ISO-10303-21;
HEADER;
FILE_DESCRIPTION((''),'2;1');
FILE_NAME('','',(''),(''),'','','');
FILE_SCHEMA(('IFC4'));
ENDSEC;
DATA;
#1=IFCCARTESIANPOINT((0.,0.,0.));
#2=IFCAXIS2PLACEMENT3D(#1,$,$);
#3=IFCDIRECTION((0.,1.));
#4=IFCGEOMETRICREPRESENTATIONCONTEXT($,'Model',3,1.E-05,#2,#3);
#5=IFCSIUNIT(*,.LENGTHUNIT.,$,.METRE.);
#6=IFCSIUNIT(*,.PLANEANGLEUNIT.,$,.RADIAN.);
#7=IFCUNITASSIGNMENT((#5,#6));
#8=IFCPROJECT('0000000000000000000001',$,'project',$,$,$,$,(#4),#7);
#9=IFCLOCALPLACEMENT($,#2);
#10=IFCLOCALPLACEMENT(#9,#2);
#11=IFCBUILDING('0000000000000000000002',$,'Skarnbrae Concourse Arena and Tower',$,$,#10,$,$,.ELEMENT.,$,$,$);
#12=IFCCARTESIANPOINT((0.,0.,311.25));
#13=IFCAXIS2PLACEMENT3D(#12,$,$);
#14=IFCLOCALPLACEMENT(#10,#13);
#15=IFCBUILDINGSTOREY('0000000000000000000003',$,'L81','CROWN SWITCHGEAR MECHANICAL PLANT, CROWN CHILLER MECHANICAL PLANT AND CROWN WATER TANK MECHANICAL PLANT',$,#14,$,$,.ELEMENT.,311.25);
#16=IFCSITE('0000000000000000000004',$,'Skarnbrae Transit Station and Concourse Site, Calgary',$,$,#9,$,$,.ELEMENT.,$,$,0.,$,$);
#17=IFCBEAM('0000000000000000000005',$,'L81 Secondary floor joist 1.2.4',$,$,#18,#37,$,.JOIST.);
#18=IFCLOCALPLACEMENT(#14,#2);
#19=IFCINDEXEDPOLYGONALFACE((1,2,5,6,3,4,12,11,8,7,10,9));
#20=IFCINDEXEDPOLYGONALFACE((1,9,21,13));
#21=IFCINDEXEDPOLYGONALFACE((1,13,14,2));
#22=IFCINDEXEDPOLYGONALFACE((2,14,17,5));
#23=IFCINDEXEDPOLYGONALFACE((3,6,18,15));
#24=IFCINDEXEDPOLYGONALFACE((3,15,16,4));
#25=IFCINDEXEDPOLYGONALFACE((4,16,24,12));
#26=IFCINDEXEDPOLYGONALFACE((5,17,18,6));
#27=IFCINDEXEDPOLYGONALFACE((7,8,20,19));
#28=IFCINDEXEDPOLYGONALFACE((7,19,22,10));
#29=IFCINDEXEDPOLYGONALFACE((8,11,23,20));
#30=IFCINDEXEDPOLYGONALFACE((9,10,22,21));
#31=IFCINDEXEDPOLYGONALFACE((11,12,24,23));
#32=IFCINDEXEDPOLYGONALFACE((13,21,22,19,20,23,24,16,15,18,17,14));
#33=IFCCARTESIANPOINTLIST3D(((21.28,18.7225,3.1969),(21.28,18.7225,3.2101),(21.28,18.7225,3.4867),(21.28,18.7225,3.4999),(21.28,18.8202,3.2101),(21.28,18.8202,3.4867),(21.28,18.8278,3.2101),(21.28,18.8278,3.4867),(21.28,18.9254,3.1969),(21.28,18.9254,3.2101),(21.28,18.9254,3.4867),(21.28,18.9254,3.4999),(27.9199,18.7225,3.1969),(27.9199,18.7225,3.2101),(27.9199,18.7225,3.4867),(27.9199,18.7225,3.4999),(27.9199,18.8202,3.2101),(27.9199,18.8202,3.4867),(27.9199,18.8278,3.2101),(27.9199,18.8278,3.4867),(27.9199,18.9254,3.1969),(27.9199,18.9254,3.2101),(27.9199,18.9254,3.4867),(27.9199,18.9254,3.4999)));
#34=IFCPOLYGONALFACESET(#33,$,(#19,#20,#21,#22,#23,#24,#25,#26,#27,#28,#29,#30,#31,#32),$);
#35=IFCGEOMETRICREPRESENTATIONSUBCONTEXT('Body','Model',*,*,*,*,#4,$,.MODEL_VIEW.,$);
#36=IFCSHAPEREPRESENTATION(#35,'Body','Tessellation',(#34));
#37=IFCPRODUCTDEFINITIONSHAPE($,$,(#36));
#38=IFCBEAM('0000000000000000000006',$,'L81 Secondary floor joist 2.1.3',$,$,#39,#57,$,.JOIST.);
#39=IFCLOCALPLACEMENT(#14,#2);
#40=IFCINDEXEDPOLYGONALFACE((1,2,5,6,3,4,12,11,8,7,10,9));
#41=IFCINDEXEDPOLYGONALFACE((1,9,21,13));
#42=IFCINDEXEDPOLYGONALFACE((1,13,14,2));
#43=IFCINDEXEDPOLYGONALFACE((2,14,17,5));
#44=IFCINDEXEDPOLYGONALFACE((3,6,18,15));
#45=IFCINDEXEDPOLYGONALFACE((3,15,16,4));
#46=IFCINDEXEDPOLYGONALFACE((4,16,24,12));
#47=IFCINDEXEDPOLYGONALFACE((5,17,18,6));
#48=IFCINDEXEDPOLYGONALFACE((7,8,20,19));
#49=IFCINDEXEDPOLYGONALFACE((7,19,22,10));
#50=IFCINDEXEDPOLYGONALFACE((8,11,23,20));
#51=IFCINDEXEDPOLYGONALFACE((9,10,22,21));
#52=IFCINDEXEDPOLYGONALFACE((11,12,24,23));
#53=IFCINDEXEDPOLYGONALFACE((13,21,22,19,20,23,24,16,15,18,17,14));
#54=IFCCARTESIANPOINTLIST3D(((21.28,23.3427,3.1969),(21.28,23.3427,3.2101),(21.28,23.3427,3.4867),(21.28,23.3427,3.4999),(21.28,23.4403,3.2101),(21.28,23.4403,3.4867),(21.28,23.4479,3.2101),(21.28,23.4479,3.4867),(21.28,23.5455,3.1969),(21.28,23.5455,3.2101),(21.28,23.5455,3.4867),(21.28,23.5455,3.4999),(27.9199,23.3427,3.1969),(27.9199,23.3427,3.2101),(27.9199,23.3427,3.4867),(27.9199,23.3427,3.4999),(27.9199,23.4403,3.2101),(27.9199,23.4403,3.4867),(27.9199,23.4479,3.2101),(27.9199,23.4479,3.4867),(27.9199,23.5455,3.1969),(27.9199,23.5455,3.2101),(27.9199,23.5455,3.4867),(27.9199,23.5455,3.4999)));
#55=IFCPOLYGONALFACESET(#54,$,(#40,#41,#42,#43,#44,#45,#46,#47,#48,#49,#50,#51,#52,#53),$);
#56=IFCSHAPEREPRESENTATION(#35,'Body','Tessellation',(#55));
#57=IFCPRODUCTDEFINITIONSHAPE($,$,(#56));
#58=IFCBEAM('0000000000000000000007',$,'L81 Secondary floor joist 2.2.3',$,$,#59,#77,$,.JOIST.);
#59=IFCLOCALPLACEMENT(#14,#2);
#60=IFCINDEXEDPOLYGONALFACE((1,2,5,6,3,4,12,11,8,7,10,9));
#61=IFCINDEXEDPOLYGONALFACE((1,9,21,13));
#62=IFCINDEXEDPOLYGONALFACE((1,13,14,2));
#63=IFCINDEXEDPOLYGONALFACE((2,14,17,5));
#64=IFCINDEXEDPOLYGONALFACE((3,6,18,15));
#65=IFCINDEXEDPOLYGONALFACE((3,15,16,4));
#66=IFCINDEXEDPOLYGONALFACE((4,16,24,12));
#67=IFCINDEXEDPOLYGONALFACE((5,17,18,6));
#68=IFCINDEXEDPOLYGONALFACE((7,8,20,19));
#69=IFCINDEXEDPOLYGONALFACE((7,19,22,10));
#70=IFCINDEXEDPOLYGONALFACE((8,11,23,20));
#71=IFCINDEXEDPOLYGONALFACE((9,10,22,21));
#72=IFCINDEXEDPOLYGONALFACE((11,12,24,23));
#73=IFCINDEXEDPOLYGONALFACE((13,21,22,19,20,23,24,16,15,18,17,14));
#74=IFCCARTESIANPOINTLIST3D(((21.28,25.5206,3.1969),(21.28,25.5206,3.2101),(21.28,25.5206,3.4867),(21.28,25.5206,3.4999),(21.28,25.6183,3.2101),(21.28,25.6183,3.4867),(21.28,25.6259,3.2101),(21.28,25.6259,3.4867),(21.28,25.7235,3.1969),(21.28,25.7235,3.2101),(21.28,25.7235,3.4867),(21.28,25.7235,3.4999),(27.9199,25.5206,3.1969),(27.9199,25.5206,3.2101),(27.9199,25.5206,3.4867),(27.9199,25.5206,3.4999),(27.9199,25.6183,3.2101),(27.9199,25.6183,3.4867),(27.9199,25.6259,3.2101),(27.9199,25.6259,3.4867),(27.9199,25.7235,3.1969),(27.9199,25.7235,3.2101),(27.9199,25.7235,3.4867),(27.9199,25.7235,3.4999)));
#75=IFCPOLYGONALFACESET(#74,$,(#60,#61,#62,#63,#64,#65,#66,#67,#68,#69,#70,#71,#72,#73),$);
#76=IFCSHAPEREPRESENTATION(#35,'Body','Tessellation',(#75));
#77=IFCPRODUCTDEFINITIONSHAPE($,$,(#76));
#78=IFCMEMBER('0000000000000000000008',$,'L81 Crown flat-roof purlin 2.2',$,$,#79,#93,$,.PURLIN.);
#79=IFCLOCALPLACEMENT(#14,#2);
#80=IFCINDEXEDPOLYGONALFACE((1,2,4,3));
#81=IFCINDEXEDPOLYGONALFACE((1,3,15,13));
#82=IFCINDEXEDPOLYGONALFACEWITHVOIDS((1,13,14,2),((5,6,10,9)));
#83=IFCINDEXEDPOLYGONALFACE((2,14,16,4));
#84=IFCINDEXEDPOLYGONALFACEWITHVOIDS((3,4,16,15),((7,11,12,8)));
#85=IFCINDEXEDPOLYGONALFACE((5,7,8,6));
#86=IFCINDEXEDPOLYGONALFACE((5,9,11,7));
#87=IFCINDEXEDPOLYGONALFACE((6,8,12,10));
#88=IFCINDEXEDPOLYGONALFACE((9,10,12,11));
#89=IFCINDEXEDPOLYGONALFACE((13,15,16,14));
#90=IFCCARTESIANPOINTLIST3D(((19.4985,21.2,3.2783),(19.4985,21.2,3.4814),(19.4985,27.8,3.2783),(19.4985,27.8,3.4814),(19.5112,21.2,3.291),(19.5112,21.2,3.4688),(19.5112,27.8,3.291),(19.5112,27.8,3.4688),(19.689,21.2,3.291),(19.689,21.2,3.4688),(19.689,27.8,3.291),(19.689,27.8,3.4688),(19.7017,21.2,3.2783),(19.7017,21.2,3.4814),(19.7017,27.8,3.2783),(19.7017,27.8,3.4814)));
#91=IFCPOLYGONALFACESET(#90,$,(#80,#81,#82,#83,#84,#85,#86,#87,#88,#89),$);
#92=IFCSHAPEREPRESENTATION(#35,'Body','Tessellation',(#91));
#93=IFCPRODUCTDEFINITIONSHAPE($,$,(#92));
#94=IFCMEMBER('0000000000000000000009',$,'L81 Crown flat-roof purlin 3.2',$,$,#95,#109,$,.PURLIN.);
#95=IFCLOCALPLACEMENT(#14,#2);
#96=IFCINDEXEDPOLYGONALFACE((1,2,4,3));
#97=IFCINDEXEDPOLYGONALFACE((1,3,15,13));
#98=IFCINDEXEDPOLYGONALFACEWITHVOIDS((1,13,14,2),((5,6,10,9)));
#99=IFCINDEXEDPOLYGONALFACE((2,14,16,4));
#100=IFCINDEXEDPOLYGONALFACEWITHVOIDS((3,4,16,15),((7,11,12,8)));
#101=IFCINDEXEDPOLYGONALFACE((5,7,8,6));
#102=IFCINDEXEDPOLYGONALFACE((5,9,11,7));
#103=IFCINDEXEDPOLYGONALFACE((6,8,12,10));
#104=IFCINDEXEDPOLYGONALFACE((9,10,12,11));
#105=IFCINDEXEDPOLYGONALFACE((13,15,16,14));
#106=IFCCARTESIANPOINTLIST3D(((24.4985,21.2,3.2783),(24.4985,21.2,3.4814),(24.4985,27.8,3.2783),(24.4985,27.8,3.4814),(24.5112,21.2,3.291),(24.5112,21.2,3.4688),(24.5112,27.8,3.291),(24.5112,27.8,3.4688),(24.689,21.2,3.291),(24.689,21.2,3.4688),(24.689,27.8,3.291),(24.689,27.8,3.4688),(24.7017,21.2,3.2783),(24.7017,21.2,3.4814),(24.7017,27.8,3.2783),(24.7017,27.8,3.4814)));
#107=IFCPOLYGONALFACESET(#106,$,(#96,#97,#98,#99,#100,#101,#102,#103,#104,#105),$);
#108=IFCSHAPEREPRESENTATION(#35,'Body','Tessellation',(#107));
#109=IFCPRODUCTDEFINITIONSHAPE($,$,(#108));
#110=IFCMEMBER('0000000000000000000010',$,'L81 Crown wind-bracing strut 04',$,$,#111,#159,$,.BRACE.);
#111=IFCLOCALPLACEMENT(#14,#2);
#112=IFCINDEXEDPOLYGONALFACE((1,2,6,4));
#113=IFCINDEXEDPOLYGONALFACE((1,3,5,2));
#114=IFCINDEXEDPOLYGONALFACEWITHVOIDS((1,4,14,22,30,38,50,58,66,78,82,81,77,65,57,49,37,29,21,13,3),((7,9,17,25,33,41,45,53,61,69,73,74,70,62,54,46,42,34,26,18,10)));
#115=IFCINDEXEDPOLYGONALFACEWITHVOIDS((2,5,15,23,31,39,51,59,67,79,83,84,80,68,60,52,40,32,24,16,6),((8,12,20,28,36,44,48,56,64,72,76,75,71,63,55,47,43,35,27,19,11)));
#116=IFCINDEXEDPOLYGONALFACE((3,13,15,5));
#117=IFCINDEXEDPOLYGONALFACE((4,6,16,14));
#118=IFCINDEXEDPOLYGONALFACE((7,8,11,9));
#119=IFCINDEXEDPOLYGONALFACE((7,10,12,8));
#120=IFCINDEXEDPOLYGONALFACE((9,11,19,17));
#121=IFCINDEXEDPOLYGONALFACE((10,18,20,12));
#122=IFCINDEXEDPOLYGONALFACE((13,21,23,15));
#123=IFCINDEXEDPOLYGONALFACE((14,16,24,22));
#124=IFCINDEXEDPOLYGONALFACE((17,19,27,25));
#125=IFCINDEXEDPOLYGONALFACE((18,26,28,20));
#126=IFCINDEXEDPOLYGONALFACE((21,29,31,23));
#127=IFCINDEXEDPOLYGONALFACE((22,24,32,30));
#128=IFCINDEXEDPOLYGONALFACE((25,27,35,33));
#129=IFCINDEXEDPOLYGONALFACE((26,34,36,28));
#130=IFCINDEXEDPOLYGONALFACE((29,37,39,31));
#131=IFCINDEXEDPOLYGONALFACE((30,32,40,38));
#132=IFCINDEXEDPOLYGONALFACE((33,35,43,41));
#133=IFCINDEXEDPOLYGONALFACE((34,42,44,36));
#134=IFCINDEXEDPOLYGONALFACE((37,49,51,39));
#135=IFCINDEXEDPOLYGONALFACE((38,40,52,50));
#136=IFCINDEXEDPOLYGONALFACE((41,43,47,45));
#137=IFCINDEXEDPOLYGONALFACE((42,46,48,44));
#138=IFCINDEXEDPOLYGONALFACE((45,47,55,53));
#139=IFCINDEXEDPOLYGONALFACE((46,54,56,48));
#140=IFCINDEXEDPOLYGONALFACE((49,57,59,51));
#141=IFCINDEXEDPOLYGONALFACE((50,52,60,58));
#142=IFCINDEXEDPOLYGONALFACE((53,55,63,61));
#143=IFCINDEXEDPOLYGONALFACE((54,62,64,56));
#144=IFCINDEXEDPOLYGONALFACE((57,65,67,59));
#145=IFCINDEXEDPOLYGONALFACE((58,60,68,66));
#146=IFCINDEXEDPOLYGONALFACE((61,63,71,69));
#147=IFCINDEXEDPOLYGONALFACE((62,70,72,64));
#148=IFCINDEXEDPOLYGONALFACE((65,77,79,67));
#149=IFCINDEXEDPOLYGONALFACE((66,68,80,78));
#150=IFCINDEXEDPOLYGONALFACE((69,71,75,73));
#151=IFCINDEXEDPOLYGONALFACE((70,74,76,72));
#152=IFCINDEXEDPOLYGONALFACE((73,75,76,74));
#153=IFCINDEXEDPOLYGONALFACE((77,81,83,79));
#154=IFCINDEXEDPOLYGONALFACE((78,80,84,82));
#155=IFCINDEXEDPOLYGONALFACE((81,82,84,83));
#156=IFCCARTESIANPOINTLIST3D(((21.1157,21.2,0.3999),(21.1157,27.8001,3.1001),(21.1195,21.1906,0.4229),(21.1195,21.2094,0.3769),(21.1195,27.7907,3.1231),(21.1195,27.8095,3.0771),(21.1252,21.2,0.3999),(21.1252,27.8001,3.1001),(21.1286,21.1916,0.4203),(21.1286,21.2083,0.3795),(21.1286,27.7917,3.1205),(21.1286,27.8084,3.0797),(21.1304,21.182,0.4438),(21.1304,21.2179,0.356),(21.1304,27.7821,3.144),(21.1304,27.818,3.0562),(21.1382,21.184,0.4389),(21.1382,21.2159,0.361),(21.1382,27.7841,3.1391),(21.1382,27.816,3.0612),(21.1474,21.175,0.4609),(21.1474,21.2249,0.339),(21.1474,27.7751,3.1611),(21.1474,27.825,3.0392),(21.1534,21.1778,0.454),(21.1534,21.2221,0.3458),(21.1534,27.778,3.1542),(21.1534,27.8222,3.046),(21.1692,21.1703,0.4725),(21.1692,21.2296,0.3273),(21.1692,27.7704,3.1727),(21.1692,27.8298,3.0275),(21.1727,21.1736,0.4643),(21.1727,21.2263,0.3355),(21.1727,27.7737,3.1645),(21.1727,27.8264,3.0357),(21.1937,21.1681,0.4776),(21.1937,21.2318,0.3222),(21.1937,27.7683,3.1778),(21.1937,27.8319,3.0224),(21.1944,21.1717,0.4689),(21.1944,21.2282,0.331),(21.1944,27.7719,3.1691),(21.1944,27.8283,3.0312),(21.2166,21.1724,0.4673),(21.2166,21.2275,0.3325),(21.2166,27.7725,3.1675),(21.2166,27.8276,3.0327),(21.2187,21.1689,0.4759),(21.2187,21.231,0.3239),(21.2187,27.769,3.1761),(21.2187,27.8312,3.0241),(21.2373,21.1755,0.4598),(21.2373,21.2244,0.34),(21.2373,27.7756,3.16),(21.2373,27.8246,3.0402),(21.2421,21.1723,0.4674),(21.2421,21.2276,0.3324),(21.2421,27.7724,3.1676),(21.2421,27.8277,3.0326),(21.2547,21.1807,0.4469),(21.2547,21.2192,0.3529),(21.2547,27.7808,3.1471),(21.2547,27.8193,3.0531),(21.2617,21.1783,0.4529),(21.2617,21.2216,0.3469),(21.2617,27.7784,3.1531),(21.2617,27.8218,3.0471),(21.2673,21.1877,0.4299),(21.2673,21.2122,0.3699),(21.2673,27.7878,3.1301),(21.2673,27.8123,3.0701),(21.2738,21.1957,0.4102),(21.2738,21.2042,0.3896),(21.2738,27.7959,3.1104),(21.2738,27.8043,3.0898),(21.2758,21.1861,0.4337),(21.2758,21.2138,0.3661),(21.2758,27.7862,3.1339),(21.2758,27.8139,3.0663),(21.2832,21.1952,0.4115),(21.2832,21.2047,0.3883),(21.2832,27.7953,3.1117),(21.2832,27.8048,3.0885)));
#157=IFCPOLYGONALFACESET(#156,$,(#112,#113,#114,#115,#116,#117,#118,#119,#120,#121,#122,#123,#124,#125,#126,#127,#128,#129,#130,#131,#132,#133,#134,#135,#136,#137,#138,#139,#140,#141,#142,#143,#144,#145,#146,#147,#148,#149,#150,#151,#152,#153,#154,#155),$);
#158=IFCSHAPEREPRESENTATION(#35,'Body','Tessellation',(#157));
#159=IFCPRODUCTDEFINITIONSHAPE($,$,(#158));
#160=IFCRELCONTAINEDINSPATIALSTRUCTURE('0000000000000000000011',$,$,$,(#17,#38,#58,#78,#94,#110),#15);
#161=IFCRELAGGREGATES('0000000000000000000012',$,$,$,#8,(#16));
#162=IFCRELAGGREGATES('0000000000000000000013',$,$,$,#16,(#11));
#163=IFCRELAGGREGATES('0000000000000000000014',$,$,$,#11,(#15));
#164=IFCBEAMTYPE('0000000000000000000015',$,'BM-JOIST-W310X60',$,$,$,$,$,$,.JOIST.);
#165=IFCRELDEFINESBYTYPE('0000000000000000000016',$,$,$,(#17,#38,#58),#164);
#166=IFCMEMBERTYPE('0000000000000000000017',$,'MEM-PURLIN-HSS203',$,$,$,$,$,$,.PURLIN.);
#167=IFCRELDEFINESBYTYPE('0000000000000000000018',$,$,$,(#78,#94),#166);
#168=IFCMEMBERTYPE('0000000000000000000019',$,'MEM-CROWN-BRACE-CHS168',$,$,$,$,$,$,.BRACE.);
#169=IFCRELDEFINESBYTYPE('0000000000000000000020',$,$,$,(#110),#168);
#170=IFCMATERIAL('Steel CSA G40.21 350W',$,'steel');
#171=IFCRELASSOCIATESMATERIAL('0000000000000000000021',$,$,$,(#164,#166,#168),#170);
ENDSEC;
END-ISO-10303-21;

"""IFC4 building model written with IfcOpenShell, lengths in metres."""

from ifc_helpers import new_model, si_unit, direction, frame, origin, origin_2d, place, context, subcontext, project, spatial, hollow_rectangle, hollow_circle, i_section, extrude, source, transform, mapped, material, material_profile, profile_set, type_object, element, save


model = new_model("IFC4")

# Units and contexts
model_context = context("Model", 3, precision=1e-05, world=origin(), true_north=direction((0.0, 1.0)))
body_context = subcontext(model_context, "Body", "Model", "MODEL_VIEW")
ifc_project = project(units=[si_unit("LENGTHUNIT", "METRE"), si_unit("PLANEANGLEUNIT", "RADIAN")], contexts=[model_context])

# Site, building, storey
site_placement = place(None, origin())
site = spatial("IfcSite", under=ifc_project, at=site_placement, Name="Skarnbrae Transit Station and Concourse Site, Calgary", CompositionType="ELEMENT", RefElevation=0.0)
building_placement = place(site_placement, origin())
building = spatial("IfcBuilding", under=site, at=building_placement, Name="Skarnbrae Concourse Arena and Tower", CompositionType="ELEMENT")
storey_placement = place(building_placement, frame((0.0, 0.0, 311.25)))
storey = spatial("IfcBuildingStorey", under=building, at=storey_placement, Name="L81", Description="CROWN SWITCHGEAR MECHANICAL PLANT, CROWN CHILLER MECHANICAL PLANT AND CROWN WATER TANK MECHANICAL PLANT", CompositionType="ELEMENT", Elevation=311.25)

# Shared definitions
ifc_material_1 = material(Name="Steel CSA G40.21 350W", Category="steel")

# Beams
ifc_material_profile_1 = material_profile(ifc_material_1, i_section(OverallWidth=0.2029, OverallDepth=0.303, WebThickness=0.0076, FlangeThickness=0.0132, at=origin_2d()), Name="W310X60")
ifc_profile_set_1 = profile_set([ifc_material_profile_1], Name="Steel CSA G40.21 350W")
beam_type_1 = type_object("IfcBeamType", Name="BM-JOIST-W310X60", PredefinedType="JOIST", material=ifc_profile_set_1)
shared_shape_1 = source(origin(), body_context, "Body", "SweptSolid", [
    extrude(i_section(OverallWidth=0.2029, OverallDepth=0.303, WebThickness=0.0076, FlangeThickness=0.0132, at=origin_2d()), origin(), (0.0, 0.0, 1.0), 6.6399),
])
for number, where, z_axis, x_axis, name in (
    (1, (21.28, 18.824, 3.3484), (1.0, 0.0, 0.0), (0.0, 1.0, 0.0), "L81 Secondary floor joist 1.2.4"),
    (2, (21.28, 23.4441, 3.3484), (1.0, 0.0, 0.0), (0.0, 1.0, 0.0), "L81 Secondary floor joist 2.1.3"),
    (3, (21.28, 25.6221, 3.3484), (1.0, 0.0, 0.0), (0.0, 1.0, 0.0), "L81 Secondary floor joist 2.2.3"),
):
    element("IfcBeam", number, at=place(storey_placement, frame(where, z_axis=z_axis, x_axis=x_axis)), inside=storey, type_object=beam_type_1, Name=name, PredefinedType="JOIST", context=body_context, shape_type="MappedRepresentation", body=[
        mapped(shared_shape_1, transform((0.0, 0.0, 0.0))),
    ])

# Members
ifc_material_profile_2 = material_profile(ifc_material_1, hollow_rectangle(XDim=0.2031, YDim=0.2031, WallThickness=0.0127, at=origin_2d()), Name="HSS203X203X12.7")
ifc_profile_set_2 = profile_set([ifc_material_profile_2], Name="Steel CSA G40.21 350W")
member_type_1 = type_object("IfcMemberType", Name="MEM-PURLIN-HSS203", PredefinedType="PURLIN", material=ifc_profile_set_2)
shared_shape_2 = source(origin(), body_context, "Body", "SweptSolid", [
    extrude(hollow_rectangle(XDim=0.2031, YDim=0.2031, WallThickness=0.0127, at=origin_2d()), origin(), (0.0, 0.0, 1.0), 6.6001),
])
for number, where, z_axis, x_axis, name in (
    (4, (19.6001, 21.2, 3.3799), (0.0, 1.0, 0.0), (-1.0, 0.0, 0.0), "L81 Crown flat-roof purlin 2.2"),
    (5, (24.6001, 21.2, 3.3799), (0.0, 1.0, 0.0), (-1.0, 0.0, 0.0), "L81 Crown flat-roof purlin 3.2"),
):
    element("IfcMember", number, at=place(storey_placement, frame(where, z_axis=z_axis, x_axis=x_axis)), inside=storey, type_object=member_type_1, Name=name, PredefinedType="PURLIN", context=body_context, shape_type="MappedRepresentation", body=[
        mapped(shared_shape_2, transform((0.0, 0.0, 0.0))),
    ])
ifc_material_profile_3 = material_profile(ifc_material_1, hollow_circle(Radius=0.0842, WallThickness=0.0095, at=origin_2d()), Name="HSS168X9.5")
ifc_profile_set_3 = profile_set([ifc_material_profile_3], Name="Steel CSA G40.21 350W")
member_type_2 = type_object("IfcMemberType", Name="MEM-CROWN-BRACE-CHS168", PredefinedType="BRACE", material=ifc_profile_set_3)
shared_shape_3 = source(origin(), body_context, "Body", "SweptSolid", [
    extrude(hollow_circle(Radius=0.0842, WallThickness=0.0095, at=origin_2d()), origin(), (0.0, 0.0, 1.0), 7.1311),
])
for number, where, z_axis, x_axis, name in (
    (6, (21.2, 21.2, 0.3999), (0.0, 0.925539, 0.378652), (-1.0, 0.0, 0.0), "L81 Crown wind-bracing strut 04"),
):
    element("IfcMember", number, at=place(storey_placement, frame(where, z_axis=z_axis, x_axis=x_axis)), inside=storey, type_object=member_type_2, Name=name, PredefinedType="BRACE", context=body_context, shape_type="MappedRepresentation", body=[
        mapped(shared_shape_3, transform((0.0, 0.0, 0.0))),
    ])

save(model, "model.ifc")
